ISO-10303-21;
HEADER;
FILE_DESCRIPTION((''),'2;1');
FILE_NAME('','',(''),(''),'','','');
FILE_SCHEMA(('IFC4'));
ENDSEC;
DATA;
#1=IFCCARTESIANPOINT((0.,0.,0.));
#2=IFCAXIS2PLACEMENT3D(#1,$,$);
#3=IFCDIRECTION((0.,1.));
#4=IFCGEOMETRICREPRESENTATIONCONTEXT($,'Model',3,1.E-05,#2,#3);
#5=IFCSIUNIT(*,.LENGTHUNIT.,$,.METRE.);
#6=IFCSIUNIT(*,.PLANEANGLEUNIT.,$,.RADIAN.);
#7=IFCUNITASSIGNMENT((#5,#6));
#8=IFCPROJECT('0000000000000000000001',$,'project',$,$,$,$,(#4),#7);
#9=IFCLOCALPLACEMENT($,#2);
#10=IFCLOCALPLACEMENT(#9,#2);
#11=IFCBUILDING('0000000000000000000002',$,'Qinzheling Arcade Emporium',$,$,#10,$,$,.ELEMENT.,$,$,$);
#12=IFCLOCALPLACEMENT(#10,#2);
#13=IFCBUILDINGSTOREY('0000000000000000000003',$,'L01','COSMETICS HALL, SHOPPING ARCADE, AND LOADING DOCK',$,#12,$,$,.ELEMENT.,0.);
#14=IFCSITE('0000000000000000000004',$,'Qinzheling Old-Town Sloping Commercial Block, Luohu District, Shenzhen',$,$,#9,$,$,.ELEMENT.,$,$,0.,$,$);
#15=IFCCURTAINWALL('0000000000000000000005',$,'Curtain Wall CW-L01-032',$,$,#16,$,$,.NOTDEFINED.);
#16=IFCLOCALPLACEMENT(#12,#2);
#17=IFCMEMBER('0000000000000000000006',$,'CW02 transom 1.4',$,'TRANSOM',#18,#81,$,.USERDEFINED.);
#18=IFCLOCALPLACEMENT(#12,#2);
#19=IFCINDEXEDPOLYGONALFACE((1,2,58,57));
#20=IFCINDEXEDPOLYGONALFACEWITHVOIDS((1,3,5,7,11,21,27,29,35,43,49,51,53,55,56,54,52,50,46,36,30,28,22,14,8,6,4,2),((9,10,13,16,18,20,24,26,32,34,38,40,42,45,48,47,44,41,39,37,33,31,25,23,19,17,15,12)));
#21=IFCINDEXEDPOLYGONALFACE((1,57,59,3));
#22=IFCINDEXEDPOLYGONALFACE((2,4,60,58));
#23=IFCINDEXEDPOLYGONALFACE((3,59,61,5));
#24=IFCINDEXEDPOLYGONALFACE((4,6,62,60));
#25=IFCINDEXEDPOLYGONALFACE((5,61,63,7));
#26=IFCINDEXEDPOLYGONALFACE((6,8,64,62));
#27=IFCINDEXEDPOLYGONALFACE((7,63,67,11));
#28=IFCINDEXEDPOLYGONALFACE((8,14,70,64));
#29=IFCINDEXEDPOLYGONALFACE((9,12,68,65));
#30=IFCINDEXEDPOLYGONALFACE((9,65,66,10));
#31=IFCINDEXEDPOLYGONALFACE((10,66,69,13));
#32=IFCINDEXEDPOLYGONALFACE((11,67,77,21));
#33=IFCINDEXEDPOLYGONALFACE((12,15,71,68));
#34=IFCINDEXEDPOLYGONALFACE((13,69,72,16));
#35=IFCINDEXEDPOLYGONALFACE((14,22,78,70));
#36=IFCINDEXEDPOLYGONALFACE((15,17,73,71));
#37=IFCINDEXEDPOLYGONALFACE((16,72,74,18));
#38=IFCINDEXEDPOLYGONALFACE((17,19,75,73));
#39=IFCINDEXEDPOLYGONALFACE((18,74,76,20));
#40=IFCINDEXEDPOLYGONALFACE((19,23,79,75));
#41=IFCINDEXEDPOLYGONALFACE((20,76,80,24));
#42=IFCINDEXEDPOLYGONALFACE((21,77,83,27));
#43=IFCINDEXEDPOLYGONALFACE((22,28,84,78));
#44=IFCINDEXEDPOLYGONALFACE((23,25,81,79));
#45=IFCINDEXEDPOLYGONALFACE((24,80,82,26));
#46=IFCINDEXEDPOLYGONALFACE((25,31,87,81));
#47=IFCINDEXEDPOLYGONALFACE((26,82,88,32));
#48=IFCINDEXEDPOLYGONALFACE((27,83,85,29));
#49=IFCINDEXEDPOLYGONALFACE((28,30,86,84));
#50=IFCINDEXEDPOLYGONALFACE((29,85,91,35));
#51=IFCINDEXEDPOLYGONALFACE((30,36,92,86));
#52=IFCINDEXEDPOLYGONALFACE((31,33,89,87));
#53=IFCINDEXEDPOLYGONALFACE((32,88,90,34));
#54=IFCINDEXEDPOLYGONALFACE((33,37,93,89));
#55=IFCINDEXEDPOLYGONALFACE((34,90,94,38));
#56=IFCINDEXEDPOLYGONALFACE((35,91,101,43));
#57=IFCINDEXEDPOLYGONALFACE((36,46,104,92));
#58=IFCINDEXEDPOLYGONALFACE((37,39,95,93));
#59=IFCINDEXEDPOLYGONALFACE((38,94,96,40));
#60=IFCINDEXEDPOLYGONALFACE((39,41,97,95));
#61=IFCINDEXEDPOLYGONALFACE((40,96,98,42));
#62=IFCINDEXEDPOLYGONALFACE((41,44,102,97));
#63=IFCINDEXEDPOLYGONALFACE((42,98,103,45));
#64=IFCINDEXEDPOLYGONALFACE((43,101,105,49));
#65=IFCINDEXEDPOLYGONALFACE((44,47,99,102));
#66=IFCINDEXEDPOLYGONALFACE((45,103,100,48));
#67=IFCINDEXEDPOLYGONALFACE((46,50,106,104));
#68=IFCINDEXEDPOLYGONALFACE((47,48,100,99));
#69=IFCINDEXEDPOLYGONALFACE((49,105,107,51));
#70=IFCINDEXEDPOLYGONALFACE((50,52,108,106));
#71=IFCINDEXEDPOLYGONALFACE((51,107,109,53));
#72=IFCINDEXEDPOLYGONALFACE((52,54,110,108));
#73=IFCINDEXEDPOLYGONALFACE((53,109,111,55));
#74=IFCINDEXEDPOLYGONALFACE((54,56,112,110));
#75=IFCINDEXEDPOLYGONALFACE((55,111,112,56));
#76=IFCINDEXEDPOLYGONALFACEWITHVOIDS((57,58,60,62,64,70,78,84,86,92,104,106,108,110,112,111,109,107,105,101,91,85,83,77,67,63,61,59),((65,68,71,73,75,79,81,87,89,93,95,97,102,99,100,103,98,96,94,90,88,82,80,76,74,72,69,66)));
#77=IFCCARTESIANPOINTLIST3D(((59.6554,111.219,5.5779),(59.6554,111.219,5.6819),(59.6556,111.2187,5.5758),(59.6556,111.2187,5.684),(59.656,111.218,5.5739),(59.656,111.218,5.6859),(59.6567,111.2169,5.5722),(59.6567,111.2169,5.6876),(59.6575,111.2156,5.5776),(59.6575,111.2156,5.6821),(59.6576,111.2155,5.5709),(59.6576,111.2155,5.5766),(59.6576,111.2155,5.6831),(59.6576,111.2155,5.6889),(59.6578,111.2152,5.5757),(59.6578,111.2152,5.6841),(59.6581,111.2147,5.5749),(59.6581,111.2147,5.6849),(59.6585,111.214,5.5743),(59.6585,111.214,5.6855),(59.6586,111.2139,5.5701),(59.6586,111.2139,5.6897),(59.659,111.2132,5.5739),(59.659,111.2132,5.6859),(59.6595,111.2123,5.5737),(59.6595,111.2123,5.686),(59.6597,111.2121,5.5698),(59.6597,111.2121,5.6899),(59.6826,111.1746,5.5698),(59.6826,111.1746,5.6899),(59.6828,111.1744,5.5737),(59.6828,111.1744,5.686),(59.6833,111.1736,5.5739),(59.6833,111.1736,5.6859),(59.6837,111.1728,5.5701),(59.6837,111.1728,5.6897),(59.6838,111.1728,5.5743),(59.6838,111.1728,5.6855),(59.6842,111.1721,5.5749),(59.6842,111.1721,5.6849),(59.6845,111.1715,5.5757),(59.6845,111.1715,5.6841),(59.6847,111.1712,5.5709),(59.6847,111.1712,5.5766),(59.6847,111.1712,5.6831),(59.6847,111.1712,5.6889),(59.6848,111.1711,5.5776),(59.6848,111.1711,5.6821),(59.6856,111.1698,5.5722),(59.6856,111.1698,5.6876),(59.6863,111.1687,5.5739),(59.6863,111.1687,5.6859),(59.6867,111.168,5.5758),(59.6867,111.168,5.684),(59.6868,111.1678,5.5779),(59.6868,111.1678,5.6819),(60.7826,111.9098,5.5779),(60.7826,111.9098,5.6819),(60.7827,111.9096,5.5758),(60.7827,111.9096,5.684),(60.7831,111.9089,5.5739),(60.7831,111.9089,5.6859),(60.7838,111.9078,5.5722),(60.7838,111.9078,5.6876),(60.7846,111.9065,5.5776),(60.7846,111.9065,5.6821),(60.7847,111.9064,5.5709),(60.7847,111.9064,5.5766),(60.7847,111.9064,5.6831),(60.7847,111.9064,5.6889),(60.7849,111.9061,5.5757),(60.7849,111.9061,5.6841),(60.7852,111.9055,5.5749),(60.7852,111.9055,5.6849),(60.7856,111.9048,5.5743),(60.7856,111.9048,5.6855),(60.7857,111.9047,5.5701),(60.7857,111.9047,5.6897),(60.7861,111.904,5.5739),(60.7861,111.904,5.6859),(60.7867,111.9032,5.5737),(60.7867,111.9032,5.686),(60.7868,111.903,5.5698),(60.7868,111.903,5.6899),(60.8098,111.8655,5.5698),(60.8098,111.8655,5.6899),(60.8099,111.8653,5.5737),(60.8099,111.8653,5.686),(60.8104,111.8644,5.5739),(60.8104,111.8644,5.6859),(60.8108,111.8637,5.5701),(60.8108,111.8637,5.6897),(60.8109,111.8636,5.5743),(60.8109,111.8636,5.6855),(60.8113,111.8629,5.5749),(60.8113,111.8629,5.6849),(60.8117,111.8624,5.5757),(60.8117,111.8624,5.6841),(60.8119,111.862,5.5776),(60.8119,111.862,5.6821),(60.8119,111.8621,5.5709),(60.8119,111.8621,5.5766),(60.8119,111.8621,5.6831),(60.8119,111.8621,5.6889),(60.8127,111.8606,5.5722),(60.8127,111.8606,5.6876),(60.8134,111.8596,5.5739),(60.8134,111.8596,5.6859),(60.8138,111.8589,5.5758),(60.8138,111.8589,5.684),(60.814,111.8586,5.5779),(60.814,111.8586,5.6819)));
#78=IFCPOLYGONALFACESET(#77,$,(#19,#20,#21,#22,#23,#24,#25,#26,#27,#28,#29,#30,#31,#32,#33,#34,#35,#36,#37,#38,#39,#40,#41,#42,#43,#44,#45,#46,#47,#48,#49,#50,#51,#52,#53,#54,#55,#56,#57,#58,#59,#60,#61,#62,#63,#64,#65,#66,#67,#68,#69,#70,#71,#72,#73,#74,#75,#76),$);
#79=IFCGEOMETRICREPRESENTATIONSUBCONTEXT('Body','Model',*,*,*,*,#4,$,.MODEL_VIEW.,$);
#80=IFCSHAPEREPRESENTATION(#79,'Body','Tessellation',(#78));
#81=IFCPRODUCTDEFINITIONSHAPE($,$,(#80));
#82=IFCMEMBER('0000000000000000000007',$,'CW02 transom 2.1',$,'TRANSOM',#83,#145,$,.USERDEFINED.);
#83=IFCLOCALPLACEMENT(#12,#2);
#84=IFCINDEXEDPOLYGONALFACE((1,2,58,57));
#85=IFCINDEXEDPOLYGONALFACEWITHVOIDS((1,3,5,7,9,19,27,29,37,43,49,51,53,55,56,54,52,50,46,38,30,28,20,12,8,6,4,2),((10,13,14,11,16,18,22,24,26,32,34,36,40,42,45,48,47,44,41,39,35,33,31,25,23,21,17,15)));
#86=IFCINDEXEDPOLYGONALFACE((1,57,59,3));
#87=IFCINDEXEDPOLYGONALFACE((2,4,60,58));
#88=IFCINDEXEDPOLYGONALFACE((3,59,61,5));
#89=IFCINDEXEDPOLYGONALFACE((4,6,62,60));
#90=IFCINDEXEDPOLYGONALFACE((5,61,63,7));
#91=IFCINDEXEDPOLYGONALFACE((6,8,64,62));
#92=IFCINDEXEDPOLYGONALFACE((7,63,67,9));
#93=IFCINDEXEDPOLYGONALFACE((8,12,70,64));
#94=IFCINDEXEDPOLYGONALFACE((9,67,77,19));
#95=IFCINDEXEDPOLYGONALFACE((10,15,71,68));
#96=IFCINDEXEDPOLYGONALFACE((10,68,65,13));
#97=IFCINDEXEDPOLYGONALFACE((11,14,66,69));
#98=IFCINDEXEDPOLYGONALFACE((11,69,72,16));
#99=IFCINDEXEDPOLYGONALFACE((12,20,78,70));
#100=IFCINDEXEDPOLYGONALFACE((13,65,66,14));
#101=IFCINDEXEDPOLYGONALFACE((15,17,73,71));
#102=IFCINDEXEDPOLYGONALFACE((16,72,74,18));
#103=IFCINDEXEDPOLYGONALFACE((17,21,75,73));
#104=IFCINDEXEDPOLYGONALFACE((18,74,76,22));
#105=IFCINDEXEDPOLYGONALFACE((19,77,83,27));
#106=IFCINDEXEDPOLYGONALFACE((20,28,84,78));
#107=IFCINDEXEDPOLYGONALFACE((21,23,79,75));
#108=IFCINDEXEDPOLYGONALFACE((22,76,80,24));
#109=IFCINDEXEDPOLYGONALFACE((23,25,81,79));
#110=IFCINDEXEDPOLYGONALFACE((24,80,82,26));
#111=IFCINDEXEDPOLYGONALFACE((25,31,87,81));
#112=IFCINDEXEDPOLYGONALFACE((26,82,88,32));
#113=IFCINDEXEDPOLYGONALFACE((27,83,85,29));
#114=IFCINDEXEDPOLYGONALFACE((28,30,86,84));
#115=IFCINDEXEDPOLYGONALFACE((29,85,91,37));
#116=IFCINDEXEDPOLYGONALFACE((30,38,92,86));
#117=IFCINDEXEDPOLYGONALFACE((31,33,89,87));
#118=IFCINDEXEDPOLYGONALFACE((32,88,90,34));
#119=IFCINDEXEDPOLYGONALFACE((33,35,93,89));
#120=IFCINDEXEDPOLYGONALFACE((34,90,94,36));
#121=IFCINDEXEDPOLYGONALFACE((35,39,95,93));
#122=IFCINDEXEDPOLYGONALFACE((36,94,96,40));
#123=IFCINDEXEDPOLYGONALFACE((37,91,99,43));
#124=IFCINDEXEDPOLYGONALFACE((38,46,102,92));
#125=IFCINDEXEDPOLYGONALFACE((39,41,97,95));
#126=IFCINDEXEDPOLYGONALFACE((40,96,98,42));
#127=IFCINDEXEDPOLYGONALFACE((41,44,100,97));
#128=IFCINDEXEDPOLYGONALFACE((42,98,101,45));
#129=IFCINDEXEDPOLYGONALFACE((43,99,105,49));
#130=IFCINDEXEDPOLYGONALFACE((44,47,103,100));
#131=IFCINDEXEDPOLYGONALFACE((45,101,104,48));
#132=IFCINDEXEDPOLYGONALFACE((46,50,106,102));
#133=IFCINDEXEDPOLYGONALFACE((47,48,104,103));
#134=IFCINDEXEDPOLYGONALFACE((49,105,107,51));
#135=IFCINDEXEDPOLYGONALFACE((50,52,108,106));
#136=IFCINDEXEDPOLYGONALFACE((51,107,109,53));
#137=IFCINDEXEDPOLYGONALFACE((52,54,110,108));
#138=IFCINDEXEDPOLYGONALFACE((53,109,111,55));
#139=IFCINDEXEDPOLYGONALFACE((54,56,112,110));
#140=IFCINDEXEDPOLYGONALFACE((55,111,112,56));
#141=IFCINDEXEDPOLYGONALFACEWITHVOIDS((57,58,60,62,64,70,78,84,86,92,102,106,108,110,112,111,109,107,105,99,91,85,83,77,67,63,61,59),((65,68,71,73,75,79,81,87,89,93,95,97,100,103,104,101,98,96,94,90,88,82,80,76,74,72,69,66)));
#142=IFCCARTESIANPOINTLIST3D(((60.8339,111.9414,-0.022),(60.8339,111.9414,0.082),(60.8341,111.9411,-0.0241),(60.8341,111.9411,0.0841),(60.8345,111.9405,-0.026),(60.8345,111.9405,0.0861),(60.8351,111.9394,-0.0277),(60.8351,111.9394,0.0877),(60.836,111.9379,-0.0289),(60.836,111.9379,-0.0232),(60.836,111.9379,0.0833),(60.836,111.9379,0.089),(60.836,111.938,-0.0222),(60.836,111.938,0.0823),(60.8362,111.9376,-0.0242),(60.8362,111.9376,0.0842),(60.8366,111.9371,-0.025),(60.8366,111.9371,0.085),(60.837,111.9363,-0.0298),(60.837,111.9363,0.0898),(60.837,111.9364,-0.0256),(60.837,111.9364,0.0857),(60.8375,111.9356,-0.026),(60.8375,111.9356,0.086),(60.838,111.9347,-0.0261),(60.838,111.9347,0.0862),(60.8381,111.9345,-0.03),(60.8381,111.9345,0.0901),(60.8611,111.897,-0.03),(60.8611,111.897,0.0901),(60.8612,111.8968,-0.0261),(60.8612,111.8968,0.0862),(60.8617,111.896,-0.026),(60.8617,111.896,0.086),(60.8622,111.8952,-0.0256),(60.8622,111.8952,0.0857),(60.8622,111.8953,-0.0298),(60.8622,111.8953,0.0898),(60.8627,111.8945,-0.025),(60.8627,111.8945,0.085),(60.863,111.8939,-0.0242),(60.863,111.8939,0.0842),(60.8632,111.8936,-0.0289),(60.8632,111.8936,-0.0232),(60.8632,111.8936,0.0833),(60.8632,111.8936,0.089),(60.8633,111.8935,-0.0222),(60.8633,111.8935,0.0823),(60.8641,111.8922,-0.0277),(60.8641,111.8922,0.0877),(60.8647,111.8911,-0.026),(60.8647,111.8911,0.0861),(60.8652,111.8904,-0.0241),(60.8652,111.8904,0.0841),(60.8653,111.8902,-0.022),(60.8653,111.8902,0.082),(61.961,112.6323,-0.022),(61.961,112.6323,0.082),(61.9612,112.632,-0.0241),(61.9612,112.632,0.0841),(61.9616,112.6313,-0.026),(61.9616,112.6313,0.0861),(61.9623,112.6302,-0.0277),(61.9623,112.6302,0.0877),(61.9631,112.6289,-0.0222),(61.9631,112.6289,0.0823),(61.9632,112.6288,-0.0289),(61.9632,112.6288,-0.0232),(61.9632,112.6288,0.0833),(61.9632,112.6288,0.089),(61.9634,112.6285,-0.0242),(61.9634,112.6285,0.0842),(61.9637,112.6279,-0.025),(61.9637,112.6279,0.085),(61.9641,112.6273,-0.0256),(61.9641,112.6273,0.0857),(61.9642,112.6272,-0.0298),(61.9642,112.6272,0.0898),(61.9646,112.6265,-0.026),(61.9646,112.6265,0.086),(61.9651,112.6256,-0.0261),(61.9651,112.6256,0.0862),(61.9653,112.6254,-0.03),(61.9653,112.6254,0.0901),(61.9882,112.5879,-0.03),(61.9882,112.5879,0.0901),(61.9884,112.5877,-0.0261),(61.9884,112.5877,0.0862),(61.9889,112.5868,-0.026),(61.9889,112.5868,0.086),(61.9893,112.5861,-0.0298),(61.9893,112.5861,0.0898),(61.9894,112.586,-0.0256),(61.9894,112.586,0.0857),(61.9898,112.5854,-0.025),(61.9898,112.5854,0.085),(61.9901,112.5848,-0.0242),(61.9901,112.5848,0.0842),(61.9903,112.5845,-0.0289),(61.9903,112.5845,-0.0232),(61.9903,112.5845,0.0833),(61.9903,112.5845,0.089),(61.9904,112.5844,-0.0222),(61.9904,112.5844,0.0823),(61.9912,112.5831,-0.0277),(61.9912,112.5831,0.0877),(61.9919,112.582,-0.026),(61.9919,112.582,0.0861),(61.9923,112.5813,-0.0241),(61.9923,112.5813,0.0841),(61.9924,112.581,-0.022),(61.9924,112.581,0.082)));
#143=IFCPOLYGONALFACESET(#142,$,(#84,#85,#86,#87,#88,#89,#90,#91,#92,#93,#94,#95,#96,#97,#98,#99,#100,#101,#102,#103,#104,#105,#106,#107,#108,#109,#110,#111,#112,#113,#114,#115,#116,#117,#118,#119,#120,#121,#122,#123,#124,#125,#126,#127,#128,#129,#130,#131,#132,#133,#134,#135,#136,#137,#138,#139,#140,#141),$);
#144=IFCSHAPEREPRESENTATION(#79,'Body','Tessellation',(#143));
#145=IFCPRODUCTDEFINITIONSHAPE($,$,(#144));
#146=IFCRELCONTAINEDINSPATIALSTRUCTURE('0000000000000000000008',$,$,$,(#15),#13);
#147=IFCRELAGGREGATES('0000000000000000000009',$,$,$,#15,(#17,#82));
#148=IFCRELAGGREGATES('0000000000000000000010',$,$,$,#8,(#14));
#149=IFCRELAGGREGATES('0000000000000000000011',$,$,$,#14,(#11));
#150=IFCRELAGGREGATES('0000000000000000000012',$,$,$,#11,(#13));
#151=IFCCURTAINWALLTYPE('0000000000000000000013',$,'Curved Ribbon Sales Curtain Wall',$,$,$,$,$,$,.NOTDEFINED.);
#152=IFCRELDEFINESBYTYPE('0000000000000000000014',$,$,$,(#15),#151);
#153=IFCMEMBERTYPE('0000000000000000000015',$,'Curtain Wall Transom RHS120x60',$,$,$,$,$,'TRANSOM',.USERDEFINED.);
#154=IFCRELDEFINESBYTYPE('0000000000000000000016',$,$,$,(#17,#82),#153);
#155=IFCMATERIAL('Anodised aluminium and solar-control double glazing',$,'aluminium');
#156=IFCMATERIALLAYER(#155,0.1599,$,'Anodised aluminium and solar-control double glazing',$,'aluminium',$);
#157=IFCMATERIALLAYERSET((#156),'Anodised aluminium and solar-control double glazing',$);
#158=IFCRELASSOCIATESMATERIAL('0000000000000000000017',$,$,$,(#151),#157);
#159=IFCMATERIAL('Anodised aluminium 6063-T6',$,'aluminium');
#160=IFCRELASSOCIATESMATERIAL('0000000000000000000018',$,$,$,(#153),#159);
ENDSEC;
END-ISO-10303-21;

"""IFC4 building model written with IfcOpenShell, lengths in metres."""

from ifc_helpers import new_model, si_unit, direction, frame, origin, origin_2d, place, context, subcontext, project, spatial, hollow_rectangle, extrude, material, layer, layer_set, material_profile, profile_set, type_object, element, aggregate, save


model = new_model("IFC4")

# Units and contexts
model_context = context("Model", 3, precision=1e-05, world=origin(), true_north=direction((0.0, 1.0)))
body_context = subcontext(model_context, "Body", "Model", "MODEL_VIEW")
ifc_project = project(units=[si_unit("LENGTHUNIT", "METRE"), si_unit("PLANEANGLEUNIT", "RADIAN")], contexts=[model_context])

# Site, building, storey
site_placement = place(None, origin())
site = spatial("IfcSite", under=ifc_project, at=site_placement, Name="Qinzheling Old-Town Sloping Commercial Block, Luohu District, Shenzhen", CompositionType="ELEMENT", RefElevation=0.0)
building_placement = place(site_placement, origin())
building = spatial("IfcBuilding", under=site, at=building_placement, Name="Qinzheling Arcade Emporium", CompositionType="ELEMENT")
storey_placement = place(building_placement, origin())
storey = spatial("IfcBuildingStorey", under=building, at=storey_placement, Name="L01", Description="COSMETICS HALL, SHOPPING ARCADE, AND LOADING DOCK", CompositionType="ELEMENT", Elevation=0.0)

# Shared definitions
ifc_material_1 = material(Name="Anodised aluminium and solar-control double glazing", Category="aluminium")
ifc_layer_1 = layer(ifc_material_1, 0.1599, Name="Anodised aluminium and solar-control double glazing", Category="aluminium")
ifc_layer_set_1 = layer_set([ifc_layer_1], Name="Anodised aluminium and solar-control double glazing")
curtain_wall_type = type_object("IfcCurtainWallType", Name="Curved Ribbon Sales Curtain Wall", PredefinedType="NOTDEFINED", material=ifc_layer_set_1)
ifc_material_2 = material(Name="Anodised aluminium 6063-T6", Category="aluminium")

# Curtain wall
curtain_wall_1_placement = place(storey_placement, origin())
curtain_wall_1 = element("IfcCurtainWall", 1, at=curtain_wall_1_placement, inside=storey, type_object=curtain_wall_type, Name="Curtain Wall CW-L01-032", PredefinedType="NOTDEFINED")

# Members
ifc_material_profile_1 = material_profile(ifc_material_2, hollow_rectangle(XDim=0.0601, YDim=0.1201, WallThickness=0.0039, InnerFilletRadius=0.0039, OuterFilletRadius=0.0081, at=origin_2d()), Name="RHS 120x60x4", Category="aluminium")
ifc_profile_set_1 = profile_set([ifc_material_profile_1], Name="Anodised aluminium 6063-T6")
member_type_1 = type_object("IfcMemberType", Name="Curtain Wall Transom RHS120x60", ElementType="TRANSOM", PredefinedType="USERDEFINED", material=ifc_profile_set_1)
member_1_placement = place(storey_placement, frame((59.6711, 111.1934, 5.6299), z_axis=(0.852583, 0.522592, 0.0), x_axis=(-0.522592, 0.852583, 0.0)))
member_1 = element("IfcMember", 2, at=member_1_placement, type_object=member_type_1, Name="CW02 transom 1.4", ObjectType="TRANSOM", PredefinedType="USERDEFINED", context=body_context, shape_type="SweptSolid", body=[
    extrude(hollow_rectangle(XDim=0.0601, YDim=0.1201, WallThickness=0.0039, InnerFilletRadius=0.0039, OuterFilletRadius=0.0081, at=origin_2d()), origin(), (0.0, 0.0, 1.0), 1.322),
])
member_2_placement = place(storey_placement, frame((60.8496, 111.9158, 0.03), z_axis=(0.852583, 0.522592, 0.0), x_axis=(-0.522592, 0.852583, 0.0)))
member_2 = element("IfcMember", 3, at=member_2_placement, type_object=member_type_1, Name="CW02 transom 2.1", ObjectType="TRANSOM", PredefinedType="USERDEFINED", context=body_context, shape_type="SweptSolid", body=[
    extrude(hollow_rectangle(XDim=0.0601, YDim=0.1201, WallThickness=0.0039, InnerFilletRadius=0.0039, OuterFilletRadius=0.0081, at=origin_2d()), origin(), (0.0, 0.0, 1.0), 1.322),
])

aggregate(curtain_wall_1, [member_1, member_2])

save(model, "model.ifc")
